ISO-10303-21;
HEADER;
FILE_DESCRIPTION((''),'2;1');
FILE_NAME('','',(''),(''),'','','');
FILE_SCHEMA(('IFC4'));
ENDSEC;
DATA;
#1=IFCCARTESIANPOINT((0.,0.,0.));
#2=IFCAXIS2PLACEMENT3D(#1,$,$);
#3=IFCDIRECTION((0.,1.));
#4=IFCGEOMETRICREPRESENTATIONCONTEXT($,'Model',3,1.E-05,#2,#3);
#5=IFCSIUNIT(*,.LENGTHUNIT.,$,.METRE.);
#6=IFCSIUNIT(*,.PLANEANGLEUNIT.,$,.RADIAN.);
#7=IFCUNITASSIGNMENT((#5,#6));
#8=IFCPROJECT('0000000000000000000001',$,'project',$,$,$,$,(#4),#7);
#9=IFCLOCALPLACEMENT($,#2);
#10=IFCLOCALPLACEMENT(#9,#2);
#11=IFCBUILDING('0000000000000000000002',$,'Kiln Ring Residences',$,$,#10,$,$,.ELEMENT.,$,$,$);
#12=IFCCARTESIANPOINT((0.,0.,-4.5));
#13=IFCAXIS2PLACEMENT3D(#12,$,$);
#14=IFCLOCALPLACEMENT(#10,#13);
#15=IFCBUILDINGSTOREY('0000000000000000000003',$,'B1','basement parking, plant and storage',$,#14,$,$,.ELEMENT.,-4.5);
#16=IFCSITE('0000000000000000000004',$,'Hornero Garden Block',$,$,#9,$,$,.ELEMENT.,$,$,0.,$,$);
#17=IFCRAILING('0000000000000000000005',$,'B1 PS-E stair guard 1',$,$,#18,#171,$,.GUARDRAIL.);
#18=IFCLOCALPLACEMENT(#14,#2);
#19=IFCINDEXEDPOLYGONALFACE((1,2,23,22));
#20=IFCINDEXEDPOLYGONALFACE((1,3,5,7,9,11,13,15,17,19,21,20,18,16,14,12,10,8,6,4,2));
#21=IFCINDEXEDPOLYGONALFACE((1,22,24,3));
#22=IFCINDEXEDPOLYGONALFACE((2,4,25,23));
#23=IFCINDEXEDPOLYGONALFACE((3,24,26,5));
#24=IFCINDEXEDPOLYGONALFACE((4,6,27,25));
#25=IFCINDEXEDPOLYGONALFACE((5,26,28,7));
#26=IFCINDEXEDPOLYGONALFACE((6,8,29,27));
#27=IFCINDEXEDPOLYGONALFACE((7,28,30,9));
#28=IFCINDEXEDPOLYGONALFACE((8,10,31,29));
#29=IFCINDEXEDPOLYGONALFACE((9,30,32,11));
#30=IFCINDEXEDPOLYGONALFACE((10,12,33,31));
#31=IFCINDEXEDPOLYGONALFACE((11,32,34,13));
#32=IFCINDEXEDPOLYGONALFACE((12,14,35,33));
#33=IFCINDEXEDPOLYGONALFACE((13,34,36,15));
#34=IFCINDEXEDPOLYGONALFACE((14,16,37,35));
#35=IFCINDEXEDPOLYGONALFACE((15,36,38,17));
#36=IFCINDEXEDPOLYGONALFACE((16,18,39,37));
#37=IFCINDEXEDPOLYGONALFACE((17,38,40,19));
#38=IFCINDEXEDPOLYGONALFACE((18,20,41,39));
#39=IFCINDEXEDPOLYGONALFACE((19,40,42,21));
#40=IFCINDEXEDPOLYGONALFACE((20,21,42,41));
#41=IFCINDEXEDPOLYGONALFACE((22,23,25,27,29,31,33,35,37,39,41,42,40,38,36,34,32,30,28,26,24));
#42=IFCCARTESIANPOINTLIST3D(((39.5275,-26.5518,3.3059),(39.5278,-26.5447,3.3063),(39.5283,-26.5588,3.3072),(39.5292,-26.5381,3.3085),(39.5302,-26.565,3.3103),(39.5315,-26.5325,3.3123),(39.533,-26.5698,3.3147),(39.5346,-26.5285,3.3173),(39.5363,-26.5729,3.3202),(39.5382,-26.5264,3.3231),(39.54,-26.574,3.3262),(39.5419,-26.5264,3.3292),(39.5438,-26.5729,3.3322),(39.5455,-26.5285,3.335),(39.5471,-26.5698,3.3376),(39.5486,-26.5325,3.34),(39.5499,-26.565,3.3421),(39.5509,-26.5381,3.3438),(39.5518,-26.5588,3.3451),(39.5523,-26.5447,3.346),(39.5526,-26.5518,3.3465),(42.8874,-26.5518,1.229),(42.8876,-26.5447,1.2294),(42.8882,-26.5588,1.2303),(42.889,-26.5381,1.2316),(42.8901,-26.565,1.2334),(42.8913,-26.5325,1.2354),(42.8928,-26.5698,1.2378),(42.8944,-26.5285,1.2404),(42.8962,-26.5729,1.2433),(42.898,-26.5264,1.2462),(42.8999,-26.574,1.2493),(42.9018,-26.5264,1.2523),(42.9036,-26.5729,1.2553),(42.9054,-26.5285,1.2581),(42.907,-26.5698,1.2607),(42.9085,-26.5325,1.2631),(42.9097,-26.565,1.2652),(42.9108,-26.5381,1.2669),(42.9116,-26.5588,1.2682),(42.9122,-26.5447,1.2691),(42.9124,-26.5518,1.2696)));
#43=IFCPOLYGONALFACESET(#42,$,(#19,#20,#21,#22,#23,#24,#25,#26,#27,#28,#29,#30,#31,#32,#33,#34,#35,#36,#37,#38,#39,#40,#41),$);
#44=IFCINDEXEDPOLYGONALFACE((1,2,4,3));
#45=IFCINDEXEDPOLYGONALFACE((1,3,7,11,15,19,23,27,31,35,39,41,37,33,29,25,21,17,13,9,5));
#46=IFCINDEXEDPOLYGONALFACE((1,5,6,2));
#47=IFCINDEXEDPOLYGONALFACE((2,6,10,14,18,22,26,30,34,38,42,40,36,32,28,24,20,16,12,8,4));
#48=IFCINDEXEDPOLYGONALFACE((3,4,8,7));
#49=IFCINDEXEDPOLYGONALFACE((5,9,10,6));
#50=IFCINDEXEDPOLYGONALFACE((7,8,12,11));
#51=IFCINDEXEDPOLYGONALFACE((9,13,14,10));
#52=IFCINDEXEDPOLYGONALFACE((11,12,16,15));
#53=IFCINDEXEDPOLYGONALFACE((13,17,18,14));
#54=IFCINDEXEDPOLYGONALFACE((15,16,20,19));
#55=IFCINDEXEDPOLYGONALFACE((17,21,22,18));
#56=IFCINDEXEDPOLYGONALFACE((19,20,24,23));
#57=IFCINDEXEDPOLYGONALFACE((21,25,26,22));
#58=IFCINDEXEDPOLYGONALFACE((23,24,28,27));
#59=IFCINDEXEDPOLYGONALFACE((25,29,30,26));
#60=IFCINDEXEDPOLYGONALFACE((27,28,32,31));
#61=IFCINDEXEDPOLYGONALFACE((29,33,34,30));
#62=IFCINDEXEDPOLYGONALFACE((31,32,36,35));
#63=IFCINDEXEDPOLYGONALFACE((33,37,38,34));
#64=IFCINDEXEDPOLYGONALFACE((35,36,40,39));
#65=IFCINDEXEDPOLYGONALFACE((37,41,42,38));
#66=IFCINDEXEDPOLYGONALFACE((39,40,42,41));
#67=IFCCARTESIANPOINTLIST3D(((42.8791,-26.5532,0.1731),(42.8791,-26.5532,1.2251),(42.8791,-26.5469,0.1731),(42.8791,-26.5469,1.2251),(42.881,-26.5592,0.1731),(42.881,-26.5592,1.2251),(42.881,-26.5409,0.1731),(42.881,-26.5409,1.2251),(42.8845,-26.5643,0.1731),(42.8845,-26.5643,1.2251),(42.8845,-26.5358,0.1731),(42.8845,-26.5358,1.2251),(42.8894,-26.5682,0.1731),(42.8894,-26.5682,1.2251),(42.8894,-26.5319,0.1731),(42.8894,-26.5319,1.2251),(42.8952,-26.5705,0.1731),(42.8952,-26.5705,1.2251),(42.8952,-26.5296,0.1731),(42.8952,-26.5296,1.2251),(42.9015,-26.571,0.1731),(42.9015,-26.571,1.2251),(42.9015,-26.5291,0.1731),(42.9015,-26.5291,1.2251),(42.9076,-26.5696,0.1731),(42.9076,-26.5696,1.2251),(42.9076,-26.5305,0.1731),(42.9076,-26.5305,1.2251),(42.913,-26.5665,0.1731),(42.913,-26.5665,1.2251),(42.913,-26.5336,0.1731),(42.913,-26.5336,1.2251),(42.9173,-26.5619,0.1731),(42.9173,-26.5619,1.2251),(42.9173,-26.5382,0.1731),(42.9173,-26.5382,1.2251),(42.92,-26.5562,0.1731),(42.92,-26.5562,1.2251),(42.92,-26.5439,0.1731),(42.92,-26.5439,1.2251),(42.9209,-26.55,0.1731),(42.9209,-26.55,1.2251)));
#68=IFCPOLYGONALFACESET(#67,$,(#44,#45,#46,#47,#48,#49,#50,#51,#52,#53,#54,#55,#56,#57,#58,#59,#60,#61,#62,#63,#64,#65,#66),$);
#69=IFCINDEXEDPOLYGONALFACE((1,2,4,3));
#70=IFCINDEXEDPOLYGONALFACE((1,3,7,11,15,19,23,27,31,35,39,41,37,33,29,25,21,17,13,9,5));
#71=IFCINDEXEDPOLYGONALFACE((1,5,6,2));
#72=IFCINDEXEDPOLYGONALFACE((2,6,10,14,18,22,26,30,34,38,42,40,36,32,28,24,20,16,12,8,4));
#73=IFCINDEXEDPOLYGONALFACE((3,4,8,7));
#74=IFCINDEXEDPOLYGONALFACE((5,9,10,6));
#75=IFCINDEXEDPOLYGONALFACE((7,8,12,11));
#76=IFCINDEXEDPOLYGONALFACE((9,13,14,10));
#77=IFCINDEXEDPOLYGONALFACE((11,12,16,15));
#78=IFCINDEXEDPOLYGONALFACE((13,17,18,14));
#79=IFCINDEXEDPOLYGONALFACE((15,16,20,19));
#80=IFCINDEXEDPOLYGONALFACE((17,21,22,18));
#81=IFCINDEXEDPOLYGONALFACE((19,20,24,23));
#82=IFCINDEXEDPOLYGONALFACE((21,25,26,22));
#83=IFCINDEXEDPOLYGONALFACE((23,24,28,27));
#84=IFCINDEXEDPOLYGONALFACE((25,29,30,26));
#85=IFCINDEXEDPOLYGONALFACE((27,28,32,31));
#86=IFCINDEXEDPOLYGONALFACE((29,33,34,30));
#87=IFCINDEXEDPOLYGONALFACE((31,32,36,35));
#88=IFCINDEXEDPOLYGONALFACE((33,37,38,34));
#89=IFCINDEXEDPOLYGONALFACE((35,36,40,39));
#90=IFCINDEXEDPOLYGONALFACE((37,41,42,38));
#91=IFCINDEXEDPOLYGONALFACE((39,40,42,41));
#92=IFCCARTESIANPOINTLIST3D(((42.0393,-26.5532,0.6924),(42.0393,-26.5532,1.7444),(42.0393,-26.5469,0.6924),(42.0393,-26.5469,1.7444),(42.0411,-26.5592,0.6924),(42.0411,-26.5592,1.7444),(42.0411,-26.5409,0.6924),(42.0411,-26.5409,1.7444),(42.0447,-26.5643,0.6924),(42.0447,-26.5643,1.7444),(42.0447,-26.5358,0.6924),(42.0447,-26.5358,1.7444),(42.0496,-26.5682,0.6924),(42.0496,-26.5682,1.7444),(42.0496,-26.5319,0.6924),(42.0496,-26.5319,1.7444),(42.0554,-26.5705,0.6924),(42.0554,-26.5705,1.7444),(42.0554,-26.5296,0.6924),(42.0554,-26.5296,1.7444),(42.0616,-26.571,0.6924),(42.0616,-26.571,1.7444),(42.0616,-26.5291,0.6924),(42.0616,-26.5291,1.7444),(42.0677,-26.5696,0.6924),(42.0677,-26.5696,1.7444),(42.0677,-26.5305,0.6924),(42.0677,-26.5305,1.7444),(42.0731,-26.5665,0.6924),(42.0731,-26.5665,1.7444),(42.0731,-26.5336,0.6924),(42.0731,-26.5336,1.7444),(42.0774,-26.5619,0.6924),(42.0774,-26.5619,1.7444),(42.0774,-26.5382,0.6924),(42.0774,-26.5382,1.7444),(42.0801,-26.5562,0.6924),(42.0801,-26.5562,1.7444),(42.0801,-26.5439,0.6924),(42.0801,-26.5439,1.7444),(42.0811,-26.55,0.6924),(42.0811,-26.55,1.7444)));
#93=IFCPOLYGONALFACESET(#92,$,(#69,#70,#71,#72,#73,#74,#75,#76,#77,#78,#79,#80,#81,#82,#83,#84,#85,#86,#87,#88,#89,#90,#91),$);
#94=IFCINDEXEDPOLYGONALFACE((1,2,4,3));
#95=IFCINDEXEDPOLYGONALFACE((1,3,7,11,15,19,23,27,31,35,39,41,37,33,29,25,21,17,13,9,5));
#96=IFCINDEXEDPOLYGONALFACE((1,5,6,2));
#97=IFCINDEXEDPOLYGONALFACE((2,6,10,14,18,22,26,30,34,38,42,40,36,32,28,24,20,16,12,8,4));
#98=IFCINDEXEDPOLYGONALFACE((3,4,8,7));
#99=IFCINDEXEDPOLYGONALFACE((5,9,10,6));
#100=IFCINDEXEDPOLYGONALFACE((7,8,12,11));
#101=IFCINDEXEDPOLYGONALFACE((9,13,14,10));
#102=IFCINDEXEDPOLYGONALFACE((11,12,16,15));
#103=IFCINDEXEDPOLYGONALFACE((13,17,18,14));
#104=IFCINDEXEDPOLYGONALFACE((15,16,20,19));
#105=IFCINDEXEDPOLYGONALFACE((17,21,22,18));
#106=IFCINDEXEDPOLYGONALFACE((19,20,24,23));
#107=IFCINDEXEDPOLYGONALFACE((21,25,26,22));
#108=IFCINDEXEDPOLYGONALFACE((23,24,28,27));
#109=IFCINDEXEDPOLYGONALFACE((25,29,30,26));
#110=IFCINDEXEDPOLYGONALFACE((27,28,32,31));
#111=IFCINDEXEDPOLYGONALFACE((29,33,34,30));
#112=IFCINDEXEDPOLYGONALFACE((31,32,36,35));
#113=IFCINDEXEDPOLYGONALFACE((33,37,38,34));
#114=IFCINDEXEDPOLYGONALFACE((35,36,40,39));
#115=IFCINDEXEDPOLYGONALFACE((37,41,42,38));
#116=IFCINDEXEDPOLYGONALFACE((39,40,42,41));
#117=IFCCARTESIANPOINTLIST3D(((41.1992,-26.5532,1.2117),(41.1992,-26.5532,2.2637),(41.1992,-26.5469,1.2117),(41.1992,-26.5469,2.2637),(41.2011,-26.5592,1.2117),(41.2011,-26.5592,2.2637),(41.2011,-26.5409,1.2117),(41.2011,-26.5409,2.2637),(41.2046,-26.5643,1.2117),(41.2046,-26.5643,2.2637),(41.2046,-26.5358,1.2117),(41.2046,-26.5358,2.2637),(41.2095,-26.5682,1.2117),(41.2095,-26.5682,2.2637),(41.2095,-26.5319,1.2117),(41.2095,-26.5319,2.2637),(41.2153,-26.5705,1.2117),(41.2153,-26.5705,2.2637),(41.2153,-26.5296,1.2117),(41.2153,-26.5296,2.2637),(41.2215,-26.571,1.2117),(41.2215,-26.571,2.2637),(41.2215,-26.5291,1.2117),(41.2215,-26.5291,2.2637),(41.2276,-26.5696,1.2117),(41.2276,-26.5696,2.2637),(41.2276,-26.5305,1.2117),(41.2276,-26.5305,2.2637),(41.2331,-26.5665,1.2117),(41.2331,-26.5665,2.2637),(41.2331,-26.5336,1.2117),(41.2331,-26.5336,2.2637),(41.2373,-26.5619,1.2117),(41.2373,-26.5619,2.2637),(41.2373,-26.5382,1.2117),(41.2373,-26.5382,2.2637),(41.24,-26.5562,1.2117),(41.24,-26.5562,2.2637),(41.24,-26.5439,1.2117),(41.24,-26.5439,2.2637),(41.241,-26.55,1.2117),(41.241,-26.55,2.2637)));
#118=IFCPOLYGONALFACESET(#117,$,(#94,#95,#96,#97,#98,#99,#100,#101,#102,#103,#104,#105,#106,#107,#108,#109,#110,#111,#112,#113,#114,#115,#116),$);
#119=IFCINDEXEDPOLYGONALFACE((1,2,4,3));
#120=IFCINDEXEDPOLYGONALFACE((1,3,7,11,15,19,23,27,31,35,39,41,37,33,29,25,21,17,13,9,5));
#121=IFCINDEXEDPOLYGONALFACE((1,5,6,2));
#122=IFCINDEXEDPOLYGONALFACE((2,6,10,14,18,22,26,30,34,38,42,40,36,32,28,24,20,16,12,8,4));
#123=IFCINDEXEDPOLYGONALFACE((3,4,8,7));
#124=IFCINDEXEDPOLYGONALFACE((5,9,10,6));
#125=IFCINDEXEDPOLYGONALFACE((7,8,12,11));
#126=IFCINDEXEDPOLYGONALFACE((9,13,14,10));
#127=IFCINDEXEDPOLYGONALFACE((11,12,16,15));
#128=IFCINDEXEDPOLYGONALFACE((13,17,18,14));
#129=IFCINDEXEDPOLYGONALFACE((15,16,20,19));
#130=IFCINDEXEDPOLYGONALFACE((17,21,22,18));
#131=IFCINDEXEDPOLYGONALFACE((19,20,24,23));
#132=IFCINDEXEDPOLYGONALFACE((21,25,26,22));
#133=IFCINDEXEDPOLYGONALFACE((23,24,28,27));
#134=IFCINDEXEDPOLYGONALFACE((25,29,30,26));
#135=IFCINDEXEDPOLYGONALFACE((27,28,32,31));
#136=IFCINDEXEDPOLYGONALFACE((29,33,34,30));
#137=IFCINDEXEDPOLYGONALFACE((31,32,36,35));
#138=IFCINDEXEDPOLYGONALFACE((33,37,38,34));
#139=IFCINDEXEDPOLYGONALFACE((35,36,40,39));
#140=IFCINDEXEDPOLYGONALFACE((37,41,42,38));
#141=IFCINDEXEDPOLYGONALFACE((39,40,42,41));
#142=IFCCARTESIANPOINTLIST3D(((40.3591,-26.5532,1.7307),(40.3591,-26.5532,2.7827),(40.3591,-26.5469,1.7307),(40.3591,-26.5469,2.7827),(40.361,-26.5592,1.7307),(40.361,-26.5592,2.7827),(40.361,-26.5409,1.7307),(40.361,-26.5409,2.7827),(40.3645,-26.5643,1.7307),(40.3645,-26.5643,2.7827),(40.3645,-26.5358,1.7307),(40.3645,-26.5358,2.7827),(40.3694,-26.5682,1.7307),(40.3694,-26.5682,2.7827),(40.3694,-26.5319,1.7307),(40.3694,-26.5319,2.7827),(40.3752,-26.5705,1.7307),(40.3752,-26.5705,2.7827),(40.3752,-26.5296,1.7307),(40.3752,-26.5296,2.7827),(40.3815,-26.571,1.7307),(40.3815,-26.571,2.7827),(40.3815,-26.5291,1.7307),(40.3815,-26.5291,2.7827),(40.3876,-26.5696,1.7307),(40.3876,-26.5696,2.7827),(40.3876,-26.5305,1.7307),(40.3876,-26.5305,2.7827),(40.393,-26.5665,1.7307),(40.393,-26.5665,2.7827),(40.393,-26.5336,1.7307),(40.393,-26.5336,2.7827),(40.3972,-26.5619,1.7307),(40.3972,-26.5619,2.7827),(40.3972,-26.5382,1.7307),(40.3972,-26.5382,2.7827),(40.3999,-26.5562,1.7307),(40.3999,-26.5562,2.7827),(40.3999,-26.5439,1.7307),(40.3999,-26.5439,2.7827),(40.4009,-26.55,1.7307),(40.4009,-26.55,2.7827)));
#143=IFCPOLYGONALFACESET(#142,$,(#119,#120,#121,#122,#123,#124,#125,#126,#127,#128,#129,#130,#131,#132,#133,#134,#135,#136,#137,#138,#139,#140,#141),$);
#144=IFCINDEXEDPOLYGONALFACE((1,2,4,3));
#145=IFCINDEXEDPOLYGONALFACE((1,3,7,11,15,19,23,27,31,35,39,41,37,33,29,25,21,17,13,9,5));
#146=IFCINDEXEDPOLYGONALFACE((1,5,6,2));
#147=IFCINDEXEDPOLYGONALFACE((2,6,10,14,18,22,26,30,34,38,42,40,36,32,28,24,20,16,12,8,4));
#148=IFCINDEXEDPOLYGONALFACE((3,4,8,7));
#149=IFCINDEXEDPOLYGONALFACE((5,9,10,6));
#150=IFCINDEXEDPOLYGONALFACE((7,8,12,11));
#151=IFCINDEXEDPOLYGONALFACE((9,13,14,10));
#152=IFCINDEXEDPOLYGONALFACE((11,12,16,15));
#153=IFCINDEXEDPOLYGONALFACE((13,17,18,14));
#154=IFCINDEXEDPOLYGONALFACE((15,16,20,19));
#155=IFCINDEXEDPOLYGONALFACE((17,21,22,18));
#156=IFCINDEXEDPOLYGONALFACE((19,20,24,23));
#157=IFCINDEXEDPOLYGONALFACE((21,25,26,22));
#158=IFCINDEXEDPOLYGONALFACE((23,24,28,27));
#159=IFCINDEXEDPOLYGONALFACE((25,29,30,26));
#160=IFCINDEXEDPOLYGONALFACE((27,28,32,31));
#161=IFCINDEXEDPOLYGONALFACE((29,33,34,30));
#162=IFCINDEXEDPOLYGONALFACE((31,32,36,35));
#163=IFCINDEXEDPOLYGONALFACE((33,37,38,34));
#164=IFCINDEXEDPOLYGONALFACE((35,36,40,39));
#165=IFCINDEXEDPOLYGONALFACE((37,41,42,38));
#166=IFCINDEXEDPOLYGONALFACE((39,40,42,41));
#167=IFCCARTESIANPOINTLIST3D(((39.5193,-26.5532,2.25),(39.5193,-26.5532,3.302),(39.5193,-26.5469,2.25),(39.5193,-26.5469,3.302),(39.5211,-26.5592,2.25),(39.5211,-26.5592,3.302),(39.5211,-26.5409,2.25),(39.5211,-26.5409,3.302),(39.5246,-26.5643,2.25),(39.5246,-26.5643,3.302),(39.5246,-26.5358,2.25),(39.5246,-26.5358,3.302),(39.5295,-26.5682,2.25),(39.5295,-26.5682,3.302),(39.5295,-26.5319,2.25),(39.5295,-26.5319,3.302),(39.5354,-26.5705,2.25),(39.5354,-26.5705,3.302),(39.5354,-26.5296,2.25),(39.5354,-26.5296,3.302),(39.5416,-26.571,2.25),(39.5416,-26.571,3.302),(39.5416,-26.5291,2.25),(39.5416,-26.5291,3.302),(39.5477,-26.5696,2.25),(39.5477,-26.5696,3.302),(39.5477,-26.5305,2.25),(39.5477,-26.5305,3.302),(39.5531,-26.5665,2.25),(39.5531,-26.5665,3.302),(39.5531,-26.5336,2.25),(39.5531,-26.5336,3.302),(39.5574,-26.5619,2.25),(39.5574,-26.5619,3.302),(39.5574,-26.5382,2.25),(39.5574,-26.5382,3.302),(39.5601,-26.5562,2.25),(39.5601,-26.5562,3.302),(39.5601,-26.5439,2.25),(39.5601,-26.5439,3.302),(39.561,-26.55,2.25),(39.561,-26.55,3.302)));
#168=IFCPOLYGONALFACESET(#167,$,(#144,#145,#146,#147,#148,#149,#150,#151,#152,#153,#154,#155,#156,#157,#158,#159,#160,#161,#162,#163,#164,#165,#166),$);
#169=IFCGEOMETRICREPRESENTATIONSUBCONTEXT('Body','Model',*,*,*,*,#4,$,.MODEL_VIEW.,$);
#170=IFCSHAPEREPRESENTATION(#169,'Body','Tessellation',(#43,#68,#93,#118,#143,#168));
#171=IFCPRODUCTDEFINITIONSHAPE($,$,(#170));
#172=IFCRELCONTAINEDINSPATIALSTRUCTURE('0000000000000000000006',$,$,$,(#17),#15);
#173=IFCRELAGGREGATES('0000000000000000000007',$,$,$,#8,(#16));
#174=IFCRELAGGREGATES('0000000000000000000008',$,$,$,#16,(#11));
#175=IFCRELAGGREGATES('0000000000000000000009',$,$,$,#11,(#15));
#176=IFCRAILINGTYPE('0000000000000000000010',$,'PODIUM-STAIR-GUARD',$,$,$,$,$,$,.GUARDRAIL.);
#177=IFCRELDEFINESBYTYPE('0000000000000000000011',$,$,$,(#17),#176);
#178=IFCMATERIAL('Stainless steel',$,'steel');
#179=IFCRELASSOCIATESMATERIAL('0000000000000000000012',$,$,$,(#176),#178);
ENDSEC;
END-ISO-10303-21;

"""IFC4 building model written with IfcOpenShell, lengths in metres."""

from ifc_helpers import new_model, si_unit, direction, frame, origin, origin_2d, place, context, subcontext, project, spatial, circle, extrude, material, type_object, element, save


model = new_model("IFC4")

# Units and contexts
model_context = context("Model", 3, precision=1e-05, world=origin(), true_north=direction((0.0, 1.0)))
body_context = subcontext(model_context, "Body", "Model", "MODEL_VIEW")
ifc_project = project(units=[si_unit("LENGTHUNIT", "METRE"), si_unit("PLANEANGLEUNIT", "RADIAN")], contexts=[model_context])

# Site, building, storey
site_placement = place(None, origin())
site = spatial("IfcSite", under=ifc_project, at=site_placement, Name="Hornero Garden Block", CompositionType="ELEMENT", RefElevation=0.0)
building_placement = place(site_placement, origin())
building = spatial("IfcBuilding", under=site, at=building_placement, Name="Kiln Ring Residences", CompositionType="ELEMENT")
storey_placement = place(building_placement, frame((0.0, 0.0, -4.5)))
storey = spatial("IfcBuildingStorey", under=building, at=storey_placement, Name="B1", Description="basement parking, plant and storage", CompositionType="ELEMENT", Elevation=-4.5)

# Railing
ifc_material_1 = material(Name="Stainless steel", Category="steel")
railing_type_1 = type_object("IfcRailingType", Name="PODIUM-STAIR-GUARD", PredefinedType="GUARDRAIL", material=ifc_material_1)
railing_1_placement = place(storey_placement, frame((42.8999, -26.55, 0.1731)))
element("IfcRailing", 1, at=railing_1_placement, inside=storey, type_object=railing_type_1, Name="B1 PS-E stair guard 1", PredefinedType="GUARDRAIL", context=body_context, shape_type="SweptSolid", body=[
    extrude(circle(Radius=0.0239, at=origin_2d()), frame((0.0, 0.0, 1.0762), z_axis=(-0.850606, 0.0, 0.525803), x_axis=(0.0, -1.0, 0.0)), (0.0, 0.0, 1.0), 3.95),
    extrude(circle(Radius=0.021, at=origin_2d()), origin(), (0.0, 0.0, 1.0), 1.052),
    extrude(circle(Radius=0.021, at=origin_2d()), frame((-0.8398, 0.0, 0.5193)), (0.0, 0.0, 1.0), 1.052),
    extrude(circle(Radius=0.021, at=origin_2d()), frame((-1.6799, 0.0, 1.0386)), (0.0, 0.0, 1.0), 1.052),
    extrude(circle(Radius=0.021, at=origin_2d()), frame((-2.52, 0.0, 1.5576)), (0.0, 0.0, 1.0), 1.052),
    extrude(circle(Radius=0.021, at=origin_2d()), frame((-3.3599, 0.0, 2.0769)), (0.0, 0.0, 1.0), 1.052),
])

save(model, "model.ifc")
